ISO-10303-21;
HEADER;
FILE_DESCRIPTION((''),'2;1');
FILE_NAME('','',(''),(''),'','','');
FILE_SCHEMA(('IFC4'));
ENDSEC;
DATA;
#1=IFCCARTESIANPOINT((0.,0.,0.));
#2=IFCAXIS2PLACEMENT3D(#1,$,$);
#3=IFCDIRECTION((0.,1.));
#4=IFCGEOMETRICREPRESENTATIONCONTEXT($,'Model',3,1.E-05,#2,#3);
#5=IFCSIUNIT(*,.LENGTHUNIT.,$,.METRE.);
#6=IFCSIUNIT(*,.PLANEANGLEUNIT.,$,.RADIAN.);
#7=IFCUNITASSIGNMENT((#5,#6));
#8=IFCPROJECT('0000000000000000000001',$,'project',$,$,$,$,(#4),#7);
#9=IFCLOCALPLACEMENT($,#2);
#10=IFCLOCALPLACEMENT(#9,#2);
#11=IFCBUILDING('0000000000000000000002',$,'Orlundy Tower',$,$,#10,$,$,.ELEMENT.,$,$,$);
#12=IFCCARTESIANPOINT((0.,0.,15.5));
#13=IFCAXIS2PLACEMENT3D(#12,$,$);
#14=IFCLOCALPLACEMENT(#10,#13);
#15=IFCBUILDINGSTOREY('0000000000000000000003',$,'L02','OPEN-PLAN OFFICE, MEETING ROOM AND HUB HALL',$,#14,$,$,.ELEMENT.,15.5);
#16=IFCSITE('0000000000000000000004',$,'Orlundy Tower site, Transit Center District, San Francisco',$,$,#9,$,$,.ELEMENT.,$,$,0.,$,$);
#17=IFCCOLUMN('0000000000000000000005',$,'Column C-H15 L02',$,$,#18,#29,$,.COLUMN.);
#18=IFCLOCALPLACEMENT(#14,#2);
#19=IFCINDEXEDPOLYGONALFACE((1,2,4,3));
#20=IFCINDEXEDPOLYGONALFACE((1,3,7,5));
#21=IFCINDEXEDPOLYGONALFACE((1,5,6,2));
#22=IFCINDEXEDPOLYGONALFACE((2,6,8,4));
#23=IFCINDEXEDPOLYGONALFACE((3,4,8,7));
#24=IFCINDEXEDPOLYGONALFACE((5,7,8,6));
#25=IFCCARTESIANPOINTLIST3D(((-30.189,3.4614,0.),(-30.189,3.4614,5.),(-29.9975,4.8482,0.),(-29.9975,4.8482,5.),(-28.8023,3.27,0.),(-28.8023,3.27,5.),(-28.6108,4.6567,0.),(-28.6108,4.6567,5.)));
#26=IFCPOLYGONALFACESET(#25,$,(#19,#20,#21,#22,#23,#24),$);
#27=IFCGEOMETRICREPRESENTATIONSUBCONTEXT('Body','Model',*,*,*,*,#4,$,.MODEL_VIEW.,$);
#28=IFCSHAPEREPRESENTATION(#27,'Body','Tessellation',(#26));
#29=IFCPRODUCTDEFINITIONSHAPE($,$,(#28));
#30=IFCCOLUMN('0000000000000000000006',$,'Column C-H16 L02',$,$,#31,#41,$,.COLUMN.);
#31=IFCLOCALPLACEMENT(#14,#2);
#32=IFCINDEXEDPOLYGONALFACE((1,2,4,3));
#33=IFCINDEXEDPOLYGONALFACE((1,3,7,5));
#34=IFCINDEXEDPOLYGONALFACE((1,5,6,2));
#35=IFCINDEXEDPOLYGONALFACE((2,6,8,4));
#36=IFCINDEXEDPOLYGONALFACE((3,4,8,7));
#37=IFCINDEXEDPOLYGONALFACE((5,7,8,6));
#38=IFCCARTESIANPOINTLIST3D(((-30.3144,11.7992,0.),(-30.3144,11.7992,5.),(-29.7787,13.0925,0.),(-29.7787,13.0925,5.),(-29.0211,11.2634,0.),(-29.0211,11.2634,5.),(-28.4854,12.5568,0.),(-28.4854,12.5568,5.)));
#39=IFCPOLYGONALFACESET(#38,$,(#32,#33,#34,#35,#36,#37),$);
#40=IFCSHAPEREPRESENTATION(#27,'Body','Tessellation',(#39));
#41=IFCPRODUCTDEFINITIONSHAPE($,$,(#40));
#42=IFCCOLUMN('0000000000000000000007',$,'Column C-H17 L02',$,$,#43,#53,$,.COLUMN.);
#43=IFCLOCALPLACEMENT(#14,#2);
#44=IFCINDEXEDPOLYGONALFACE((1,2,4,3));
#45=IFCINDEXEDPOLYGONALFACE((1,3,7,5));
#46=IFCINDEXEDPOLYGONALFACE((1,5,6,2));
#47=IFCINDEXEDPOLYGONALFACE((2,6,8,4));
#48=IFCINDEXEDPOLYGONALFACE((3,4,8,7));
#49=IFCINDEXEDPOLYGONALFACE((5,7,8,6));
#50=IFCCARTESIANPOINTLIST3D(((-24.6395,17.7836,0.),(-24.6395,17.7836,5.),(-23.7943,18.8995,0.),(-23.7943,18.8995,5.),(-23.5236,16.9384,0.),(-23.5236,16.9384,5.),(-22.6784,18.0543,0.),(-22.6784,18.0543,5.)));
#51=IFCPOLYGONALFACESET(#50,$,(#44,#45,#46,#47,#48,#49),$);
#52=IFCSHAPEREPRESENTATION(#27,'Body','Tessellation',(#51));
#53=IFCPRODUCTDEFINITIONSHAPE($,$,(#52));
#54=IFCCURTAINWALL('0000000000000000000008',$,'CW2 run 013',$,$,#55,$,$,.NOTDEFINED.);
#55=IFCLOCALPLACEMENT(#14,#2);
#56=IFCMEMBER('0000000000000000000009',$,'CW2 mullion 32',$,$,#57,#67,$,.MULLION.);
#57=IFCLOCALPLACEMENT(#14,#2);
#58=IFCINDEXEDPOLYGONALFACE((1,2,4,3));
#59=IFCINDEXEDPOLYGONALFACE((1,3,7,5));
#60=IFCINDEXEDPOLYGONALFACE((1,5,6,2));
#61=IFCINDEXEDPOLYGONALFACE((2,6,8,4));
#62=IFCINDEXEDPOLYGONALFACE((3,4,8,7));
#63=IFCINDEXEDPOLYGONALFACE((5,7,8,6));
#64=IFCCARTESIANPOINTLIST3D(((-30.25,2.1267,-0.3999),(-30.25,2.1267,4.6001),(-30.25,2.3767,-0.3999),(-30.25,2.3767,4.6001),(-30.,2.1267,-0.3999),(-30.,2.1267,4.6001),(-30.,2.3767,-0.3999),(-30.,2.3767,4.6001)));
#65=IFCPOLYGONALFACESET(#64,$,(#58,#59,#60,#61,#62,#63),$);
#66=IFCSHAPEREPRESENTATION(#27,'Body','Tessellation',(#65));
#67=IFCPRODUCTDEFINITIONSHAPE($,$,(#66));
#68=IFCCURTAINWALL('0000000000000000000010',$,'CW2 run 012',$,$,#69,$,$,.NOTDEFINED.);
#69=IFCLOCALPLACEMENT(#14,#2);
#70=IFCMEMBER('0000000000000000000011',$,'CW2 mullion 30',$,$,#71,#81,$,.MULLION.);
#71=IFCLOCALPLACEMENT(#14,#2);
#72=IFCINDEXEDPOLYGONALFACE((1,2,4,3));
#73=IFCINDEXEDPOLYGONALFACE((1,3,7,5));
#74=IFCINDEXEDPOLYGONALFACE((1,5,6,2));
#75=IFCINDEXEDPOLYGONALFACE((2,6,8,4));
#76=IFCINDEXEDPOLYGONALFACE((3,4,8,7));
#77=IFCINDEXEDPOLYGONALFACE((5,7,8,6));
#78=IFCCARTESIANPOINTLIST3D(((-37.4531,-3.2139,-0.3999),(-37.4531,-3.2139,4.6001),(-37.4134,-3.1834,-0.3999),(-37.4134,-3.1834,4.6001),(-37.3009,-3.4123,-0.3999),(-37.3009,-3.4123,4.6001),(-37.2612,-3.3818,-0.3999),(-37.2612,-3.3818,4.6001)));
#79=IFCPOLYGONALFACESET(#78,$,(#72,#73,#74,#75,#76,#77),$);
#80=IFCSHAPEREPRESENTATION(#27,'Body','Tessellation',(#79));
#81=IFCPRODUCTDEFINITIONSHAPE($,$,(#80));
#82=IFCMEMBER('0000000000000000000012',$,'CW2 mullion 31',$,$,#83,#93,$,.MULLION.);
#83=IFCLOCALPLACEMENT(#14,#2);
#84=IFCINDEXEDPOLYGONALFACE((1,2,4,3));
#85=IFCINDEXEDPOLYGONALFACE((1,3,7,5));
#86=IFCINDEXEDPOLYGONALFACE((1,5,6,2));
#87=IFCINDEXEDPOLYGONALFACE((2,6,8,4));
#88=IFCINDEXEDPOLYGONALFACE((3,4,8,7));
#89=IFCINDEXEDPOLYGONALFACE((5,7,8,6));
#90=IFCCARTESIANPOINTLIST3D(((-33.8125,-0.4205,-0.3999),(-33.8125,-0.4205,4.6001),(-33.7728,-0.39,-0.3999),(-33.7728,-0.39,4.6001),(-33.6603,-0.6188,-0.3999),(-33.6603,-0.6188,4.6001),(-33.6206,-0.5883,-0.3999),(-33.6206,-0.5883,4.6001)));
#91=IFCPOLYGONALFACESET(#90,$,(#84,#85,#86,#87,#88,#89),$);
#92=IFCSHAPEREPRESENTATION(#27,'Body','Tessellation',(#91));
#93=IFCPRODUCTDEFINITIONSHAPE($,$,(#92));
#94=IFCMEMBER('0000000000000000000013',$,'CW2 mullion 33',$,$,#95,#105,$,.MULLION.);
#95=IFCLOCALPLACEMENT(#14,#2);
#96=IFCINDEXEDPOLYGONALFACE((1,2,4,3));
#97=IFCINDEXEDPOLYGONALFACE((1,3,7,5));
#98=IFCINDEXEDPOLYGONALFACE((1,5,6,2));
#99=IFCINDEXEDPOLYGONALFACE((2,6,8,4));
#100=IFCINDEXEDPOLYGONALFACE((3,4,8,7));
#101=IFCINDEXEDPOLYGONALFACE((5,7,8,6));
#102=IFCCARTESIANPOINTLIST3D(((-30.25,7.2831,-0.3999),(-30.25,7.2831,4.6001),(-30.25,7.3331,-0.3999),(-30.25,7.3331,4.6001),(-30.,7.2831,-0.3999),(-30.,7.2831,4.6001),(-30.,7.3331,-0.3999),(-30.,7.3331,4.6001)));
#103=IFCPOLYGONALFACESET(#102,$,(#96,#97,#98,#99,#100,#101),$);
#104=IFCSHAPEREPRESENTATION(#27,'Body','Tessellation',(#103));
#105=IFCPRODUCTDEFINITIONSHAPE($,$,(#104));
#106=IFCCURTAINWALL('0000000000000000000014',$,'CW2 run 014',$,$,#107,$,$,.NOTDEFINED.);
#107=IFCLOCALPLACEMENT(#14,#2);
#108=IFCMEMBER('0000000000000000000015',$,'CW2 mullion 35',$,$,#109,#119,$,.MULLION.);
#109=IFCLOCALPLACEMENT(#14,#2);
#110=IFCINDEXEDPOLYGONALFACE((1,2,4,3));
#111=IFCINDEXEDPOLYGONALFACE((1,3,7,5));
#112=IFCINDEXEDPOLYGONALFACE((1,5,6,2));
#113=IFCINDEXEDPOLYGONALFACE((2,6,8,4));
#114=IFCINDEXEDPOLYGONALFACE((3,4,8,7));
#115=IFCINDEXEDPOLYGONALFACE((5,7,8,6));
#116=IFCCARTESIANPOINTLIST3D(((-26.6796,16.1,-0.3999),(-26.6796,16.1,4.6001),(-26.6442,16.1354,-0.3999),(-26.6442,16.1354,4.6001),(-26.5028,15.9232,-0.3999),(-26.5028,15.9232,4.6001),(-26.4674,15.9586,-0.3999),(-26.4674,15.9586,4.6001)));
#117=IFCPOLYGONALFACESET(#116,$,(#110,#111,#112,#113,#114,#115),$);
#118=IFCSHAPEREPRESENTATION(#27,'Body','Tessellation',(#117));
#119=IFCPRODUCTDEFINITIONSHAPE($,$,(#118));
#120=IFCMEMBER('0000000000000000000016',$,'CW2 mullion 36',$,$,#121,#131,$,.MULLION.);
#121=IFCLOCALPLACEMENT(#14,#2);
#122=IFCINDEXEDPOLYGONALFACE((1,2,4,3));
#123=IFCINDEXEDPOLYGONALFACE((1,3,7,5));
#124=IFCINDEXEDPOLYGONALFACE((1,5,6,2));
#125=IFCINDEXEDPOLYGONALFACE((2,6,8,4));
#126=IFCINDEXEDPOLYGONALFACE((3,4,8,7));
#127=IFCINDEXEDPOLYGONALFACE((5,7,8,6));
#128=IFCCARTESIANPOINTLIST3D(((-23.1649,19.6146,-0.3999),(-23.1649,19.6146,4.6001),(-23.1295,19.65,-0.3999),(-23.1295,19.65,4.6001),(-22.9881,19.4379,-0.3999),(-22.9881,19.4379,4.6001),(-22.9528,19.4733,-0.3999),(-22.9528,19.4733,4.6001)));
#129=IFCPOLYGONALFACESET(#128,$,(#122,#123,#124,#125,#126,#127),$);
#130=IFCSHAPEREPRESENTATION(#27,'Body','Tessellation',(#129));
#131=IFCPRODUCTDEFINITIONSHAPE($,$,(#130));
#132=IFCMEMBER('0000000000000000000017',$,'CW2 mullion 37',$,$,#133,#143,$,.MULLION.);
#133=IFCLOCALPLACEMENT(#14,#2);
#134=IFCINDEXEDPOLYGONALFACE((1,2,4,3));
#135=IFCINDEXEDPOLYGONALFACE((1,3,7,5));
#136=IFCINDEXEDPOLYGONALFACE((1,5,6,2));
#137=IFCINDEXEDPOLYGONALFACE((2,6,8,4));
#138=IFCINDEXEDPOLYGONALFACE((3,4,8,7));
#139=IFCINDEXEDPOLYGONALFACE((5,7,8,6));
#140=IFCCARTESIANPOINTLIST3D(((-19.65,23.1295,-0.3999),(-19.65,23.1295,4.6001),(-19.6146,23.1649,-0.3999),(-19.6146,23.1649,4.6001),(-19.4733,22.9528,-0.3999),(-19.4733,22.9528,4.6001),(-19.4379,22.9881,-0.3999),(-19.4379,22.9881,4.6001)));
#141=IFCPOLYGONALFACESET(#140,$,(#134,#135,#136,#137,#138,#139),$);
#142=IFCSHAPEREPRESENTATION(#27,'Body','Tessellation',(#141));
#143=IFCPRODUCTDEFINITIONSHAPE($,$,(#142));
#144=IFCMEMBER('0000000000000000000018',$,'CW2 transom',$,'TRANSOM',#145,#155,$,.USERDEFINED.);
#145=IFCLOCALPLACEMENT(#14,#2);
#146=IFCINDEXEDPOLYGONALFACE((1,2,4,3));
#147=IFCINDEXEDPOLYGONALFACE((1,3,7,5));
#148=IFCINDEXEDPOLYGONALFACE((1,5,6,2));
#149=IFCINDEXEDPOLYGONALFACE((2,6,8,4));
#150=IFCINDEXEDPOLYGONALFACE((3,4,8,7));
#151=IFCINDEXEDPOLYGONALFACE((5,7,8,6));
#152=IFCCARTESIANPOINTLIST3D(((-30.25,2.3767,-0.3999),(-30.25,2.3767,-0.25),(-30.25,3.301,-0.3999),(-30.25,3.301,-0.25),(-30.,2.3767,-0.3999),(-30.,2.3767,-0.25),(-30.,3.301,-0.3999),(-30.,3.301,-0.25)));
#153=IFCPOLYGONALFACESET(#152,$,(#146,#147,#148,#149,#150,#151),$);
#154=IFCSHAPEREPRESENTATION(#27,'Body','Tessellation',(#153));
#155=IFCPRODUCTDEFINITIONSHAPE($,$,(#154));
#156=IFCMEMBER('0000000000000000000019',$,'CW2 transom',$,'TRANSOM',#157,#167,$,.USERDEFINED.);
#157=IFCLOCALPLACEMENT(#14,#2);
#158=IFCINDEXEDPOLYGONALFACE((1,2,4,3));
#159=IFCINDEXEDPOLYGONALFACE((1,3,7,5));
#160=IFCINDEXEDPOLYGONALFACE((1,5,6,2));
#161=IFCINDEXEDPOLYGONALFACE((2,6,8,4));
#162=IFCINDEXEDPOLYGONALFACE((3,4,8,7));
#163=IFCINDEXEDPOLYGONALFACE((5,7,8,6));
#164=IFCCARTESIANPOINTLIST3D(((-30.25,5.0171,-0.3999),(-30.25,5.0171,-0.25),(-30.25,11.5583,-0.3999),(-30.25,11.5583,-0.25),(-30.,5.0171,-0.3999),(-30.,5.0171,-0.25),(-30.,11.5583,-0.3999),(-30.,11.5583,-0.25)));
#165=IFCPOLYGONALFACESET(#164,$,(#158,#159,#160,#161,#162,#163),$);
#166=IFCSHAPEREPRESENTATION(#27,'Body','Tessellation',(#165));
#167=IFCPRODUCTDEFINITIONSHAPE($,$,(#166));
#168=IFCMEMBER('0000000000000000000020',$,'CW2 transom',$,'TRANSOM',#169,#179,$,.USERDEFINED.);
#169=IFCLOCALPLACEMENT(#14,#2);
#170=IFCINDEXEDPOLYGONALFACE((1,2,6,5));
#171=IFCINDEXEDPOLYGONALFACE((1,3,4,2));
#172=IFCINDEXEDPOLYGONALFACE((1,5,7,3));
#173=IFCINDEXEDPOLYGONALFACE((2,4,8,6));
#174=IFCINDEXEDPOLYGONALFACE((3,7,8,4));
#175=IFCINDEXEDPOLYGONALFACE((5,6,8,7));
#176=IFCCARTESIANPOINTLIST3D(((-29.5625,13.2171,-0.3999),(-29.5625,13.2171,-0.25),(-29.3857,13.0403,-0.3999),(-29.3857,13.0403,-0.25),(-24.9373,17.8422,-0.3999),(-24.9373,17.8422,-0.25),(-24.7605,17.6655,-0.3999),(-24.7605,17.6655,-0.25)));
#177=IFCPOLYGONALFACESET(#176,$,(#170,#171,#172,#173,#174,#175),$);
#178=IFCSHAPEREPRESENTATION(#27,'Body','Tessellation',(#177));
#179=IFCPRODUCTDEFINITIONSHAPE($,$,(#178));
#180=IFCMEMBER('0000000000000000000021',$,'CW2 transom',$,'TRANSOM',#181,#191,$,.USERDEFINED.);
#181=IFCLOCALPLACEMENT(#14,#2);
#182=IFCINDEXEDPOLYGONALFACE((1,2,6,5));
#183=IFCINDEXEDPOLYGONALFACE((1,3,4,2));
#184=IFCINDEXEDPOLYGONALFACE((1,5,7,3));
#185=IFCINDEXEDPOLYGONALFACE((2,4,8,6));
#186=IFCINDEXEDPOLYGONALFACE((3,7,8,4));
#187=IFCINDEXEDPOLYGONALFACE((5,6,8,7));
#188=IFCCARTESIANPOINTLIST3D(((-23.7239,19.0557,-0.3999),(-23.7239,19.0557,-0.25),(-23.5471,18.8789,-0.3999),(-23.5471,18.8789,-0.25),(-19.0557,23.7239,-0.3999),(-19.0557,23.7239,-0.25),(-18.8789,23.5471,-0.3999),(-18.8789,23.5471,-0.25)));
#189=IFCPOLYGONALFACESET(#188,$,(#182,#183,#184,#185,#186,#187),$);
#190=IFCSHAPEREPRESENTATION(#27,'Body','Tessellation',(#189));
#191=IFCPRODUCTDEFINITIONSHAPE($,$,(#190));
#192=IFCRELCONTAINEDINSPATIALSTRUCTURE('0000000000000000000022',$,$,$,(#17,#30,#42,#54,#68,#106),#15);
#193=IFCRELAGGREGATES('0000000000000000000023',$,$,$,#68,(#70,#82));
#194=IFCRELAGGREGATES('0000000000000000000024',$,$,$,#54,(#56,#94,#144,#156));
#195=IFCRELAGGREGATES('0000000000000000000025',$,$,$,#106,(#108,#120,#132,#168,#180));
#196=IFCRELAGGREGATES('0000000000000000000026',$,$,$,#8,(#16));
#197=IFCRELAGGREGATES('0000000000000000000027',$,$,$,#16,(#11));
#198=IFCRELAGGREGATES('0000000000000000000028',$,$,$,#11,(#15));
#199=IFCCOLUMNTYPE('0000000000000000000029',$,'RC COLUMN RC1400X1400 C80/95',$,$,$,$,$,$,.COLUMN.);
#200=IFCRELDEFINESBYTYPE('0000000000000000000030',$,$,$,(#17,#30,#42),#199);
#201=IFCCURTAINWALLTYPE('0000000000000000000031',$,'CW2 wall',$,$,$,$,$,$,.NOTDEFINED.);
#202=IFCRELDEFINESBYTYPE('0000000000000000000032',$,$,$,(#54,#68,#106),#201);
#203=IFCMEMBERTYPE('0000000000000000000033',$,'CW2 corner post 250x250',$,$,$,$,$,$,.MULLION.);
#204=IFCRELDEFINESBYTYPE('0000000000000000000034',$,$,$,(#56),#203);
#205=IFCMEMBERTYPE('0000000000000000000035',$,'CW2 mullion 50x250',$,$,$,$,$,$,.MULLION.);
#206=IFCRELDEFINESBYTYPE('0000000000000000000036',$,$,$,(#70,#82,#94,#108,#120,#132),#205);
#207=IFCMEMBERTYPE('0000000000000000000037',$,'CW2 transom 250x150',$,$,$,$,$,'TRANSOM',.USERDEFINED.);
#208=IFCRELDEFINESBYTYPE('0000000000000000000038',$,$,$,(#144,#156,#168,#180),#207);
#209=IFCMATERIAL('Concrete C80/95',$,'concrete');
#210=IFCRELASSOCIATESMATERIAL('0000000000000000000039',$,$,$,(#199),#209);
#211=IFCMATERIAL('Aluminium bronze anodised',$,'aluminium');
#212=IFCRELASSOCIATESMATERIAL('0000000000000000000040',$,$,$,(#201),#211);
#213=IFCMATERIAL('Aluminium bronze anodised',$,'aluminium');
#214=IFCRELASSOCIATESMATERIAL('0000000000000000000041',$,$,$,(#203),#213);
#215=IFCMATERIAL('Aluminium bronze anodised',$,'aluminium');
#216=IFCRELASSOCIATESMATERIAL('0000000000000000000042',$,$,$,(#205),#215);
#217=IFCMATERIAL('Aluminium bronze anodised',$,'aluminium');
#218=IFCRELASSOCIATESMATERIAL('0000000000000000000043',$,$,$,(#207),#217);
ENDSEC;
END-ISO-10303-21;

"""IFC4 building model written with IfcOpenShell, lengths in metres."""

from ifc_helpers import new_model, si_unit, direction, frame, origin, origin_2d, place, context, subcontext, project, spatial, rectangle, extrude, material, material_profile, profile_set, type_object, element, aggregate, save


model = new_model("IFC4")

# Units and contexts
model_context = context("Model", 3, precision=1e-05, world=origin(), true_north=direction((0.0, 1.0)))
body_context = subcontext(model_context, "Body", "Model", "MODEL_VIEW")
ifc_project = project(units=[si_unit("LENGTHUNIT", "METRE"), si_unit("PLANEANGLEUNIT", "RADIAN")], contexts=[model_context])

# Site, building, storey
site_placement = place(None, origin())
site = spatial("IfcSite", under=ifc_project, at=site_placement, Name="Orlundy Tower site, Transit Center District, San Francisco", CompositionType="ELEMENT", RefElevation=0.0)
building_placement = place(site_placement, origin())
building = spatial("IfcBuilding", under=site, at=building_placement, Name="Orlundy Tower", CompositionType="ELEMENT")
storey_placement = place(building_placement, frame((0.0, 0.0, 15.5)))
storey = spatial("IfcBuildingStorey", under=building, at=storey_placement, Name="L02", Description="OPEN-PLAN OFFICE, MEETING ROOM AND HUB HALL", CompositionType="ELEMENT", Elevation=15.5)

# Columns
ifc_material_1 = material(Name="Concrete C80/95", Category="concrete")
ifc_material_profile_1 = material_profile(ifc_material_1, rectangle(XDim=1.3999, YDim=1.3999, at=origin_2d()), Name="RC1400X1400")
ifc_profile_set_1 = profile_set([ifc_material_profile_1], Name="Concrete C80/95")
column_type = type_object("IfcColumnType", Name="RC COLUMN RC1400X1400 C80/95", PredefinedType="COLUMN", material=ifc_profile_set_1)
for number, where, z_axis, x_axis, name in (
    (1, (-29.3999, 4.0591, 0.0), (0.0, 0.0, 1.0), (-0.990603, 0.13677, 0.0), "Column C-H15 L02"),
    (2, (-29.3999, 12.178, 0.0), (0.0, 0.0, 1.0), (-0.92388, 0.382683, 0.0), "Column C-H16 L02"),
    (3, (-23.6589, 17.9189, 0.0), (0.0, 0.0, 1.0), (-0.797163, 0.603765, 0.0), "Column C-H17 L02"),
):
    element("IfcColumn", number, at=place(storey_placement, frame(where, z_axis=z_axis, x_axis=x_axis)), inside=storey, type_object=column_type, Name=name, PredefinedType="COLUMN", context=body_context, shape_type="SweptSolid", body=[
        extrude(rectangle(XDim=1.3999, YDim=1.3999, at=origin_2d()), origin(), (0.0, 0.0, 1.0), 5.0),
    ])

# Curtain wall, member
ifc_material_2 = material(Name="Aluminium bronze anodised", Category="aluminium")
curtain_wall_type = type_object("IfcCurtainWallType", Name="CW2 wall", PredefinedType="NOTDEFINED", material=ifc_material_2)
curtain_wall_1_placement = place(storey_placement, origin())
curtain_wall_1 = element("IfcCurtainWall", 4, at=curtain_wall_1_placement, inside=storey, type_object=curtain_wall_type, Name="CW2 run 013", PredefinedType="NOTDEFINED")
ifc_material_3 = material(Name="Aluminium bronze anodised", Category="aluminium")
ifc_material_profile_2 = material_profile(ifc_material_3, rectangle(XDim=0.25, YDim=0.25, at=origin_2d()), Name="CW2 corner post 250x250")
ifc_profile_set_2 = profile_set([ifc_material_profile_2], Name="Aluminium bronze anodised")
member_type_1 = type_object("IfcMemberType", Name="CW2 corner post 250x250", PredefinedType="MULLION", material=ifc_profile_set_2)
member_1_placement = place(storey_placement, frame((-30.125, 2.2517, -0.3999), z_axis=(0.0, 0.0, 1.0), x_axis=(-1.0, 0.0, 0.0)))
member_1 = element("IfcMember", 5, at=member_1_placement, type_object=member_type_1, Name="CW2 mullion 32", PredefinedType="MULLION", context=body_context, shape_type="SweptSolid", body=[
    extrude(rectangle(XDim=0.25, YDim=0.25, at=origin_2d()), origin(), (0.0, 0.0, 1.0), 5.0),
])

# Curtain wall, members
curtain_wall_2_placement = place(storey_placement, origin())
curtain_wall_2 = element("IfcCurtainWall", 6, at=curtain_wall_2_placement, inside=storey, type_object=curtain_wall_type, Name="CW2 run 012", PredefinedType="NOTDEFINED")
ifc_material_4 = material(Name="Aluminium bronze anodised", Category="aluminium")
ifc_material_profile_3 = material_profile(ifc_material_4, rectangle(XDim=0.25, YDim=0.05, at=origin_2d()), Name="CW2 mullion 50x250")
ifc_profile_set_3 = profile_set([ifc_material_profile_3], Name="Aluminium bronze anodised")
member_type_2 = type_object("IfcMemberType", Name="CW2 mullion 50x250", PredefinedType="MULLION", material=ifc_profile_set_3)
member_2_placement = place(storey_placement, frame((-37.3572, -3.2979, -0.3999), z_axis=(0.0, 0.0, 1.0), x_axis=(-0.608768, 0.793348, 0.0)))
member_2 = element("IfcMember", 7, at=member_2_placement, type_object=member_type_2, Name="CW2 mullion 30", PredefinedType="MULLION", context=body_context, shape_type="SweptSolid", body=[
    extrude(rectangle(XDim=0.25, YDim=0.05, at=origin_2d()), origin(), (0.0, 0.0, 1.0), 5.0),
])
member_3_placement = place(storey_placement, frame((-33.7166, -0.5044, -0.3999), z_axis=(0.0, 0.0, 1.0), x_axis=(-0.608768, 0.793348, 0.0)))
member_3 = element("IfcMember", 8, at=member_3_placement, type_object=member_type_2, Name="CW2 mullion 31", PredefinedType="MULLION", context=body_context, shape_type="SweptSolid", body=[
    extrude(rectangle(XDim=0.25, YDim=0.05, at=origin_2d()), origin(), (0.0, 0.0, 1.0), 5.0),
])

# Member
member_4_placement = place(storey_placement, frame((-30.125, 7.3081, -0.3999), z_axis=(0.0, 0.0, 1.0), x_axis=(-1.0, 0.0, 0.0)))
member_4 = element("IfcMember", 9, at=member_4_placement, type_object=member_type_2, Name="CW2 mullion 33", PredefinedType="MULLION", context=body_context, shape_type="SweptSolid", body=[
    extrude(rectangle(XDim=0.25, YDim=0.05, at=origin_2d()), origin(), (0.0, 0.0, 1.0), 5.0),
])

# Curtain wall, members
curtain_wall_3_placement = place(storey_placement, origin())
curtain_wall_3 = element("IfcCurtainWall", 10, at=curtain_wall_3_placement, inside=storey, type_object=curtain_wall_type, Name="CW2 run 014", PredefinedType="NOTDEFINED")
member_5_placement = place(storey_placement, frame((-26.5735, 16.0293, -0.3999), z_axis=(0.0, 0.0, 1.0), x_axis=(-0.707107, 0.707107, 0.0)))
member_5 = element("IfcMember", 11, at=member_5_placement, type_object=member_type_2, Name="CW2 mullion 35", PredefinedType="MULLION", context=body_context, shape_type="SweptSolid", body=[
    extrude(rectangle(XDim=0.25, YDim=0.05, at=origin_2d()), origin(), (0.0, 0.0, 1.0), 5.0),
])
member_6_placement = place(storey_placement, frame((-23.0588, 19.5439, -0.3999), z_axis=(0.0, 0.0, 1.0), x_axis=(-0.707107, 0.707107, 0.0)))
member_6 = element("IfcMember", 12, at=member_6_placement, type_object=member_type_2, Name="CW2 mullion 36", PredefinedType="MULLION", context=body_context, shape_type="SweptSolid", body=[
    extrude(rectangle(XDim=0.25, YDim=0.05, at=origin_2d()), origin(), (0.0, 0.0, 1.0), 5.0),
])
member_7_placement = place(storey_placement, frame((-19.5439, 23.0588, -0.3999), z_axis=(0.0, 0.0, 1.0), x_axis=(-0.707107, 0.707107, 0.0)))
member_7 = element("IfcMember", 13, at=member_7_placement, type_object=member_type_2, Name="CW2 mullion 37", PredefinedType="MULLION", context=body_context, shape_type="SweptSolid", body=[
    extrude(rectangle(XDim=0.25, YDim=0.05, at=origin_2d()), origin(), (0.0, 0.0, 1.0), 5.0),
])

# Members
ifc_material_5 = material(Name="Aluminium bronze anodised", Category="aluminium")
ifc_material_profile_4 = material_profile(ifc_material_5, rectangle(XDim=0.25, YDim=0.1499, at=origin_2d()), Name="CW2 transom 250x150")
ifc_profile_set_4 = profile_set([ifc_material_profile_4], Name="Aluminium bronze anodised")
member_type_3 = type_object("IfcMemberType", Name="CW2 transom 250x150", ElementType="TRANSOM", PredefinedType="USERDEFINED", material=ifc_profile_set_4)
member_8_placement = place(storey_placement, frame((-30.125, 2.3767, -0.325), z_axis=(0.0, 1.0, 0.0), x_axis=(-1.0, 0.0, 0.0)))
member_8 = element("IfcMember", 14, at=member_8_placement, type_object=member_type_3, Name="CW2 transom", ObjectType="TRANSOM", PredefinedType="USERDEFINED", context=body_context, shape_type="SweptSolid", body=[
    extrude(rectangle(XDim=0.25, YDim=0.1499, at=origin_2d()), origin(), (0.0, 0.0, 1.0), 0.9243),
])
member_9_placement = place(storey_placement, frame((-30.125, 5.0171, -0.325), z_axis=(0.0, 1.0, 0.0), x_axis=(-1.0, 0.0, 0.0)))
member_9 = element("IfcMember", 15, at=member_9_placement, type_object=member_type_3, Name="CW2 transom", ObjectType="TRANSOM", PredefinedType="USERDEFINED", context=body_context, shape_type="SweptSolid", body=[
    extrude(rectangle(XDim=0.25, YDim=0.1499, at=origin_2d()), origin(), (0.0, 0.0, 1.0), 6.5413),
])
member_10_placement = place(storey_placement, frame((-29.4741, 13.1287, -0.325), z_axis=(0.707107, 0.707107, 0.0), x_axis=(-0.707107, 0.707107, 0.0)))
member_10 = element("IfcMember", 16, at=member_10_placement, type_object=member_type_3, Name="CW2 transom", ObjectType="TRANSOM", PredefinedType="USERDEFINED", context=body_context, shape_type="SweptSolid", body=[
    extrude(rectangle(XDim=0.25, YDim=0.1499, at=origin_2d()), origin(), (0.0, 0.0, 1.0), 6.541),
])
member_11_placement = place(storey_placement, frame((-23.6355, 18.9673, -0.325), z_axis=(0.707107, 0.707107, 0.0), x_axis=(-0.707107, 0.707107, 0.0)))
member_11 = element("IfcMember", 17, at=member_11_placement, type_object=member_type_3, Name="CW2 transom", ObjectType="TRANSOM", PredefinedType="USERDEFINED", context=body_context, shape_type="SweptSolid", body=[
    extrude(rectangle(XDim=0.25, YDim=0.1499, at=origin_2d()), origin(), (0.0, 0.0, 1.0), 6.6018),
])

aggregate(curtain_wall_2, [member_2, member_3])
aggregate(curtain_wall_1, [member_1, member_4, member_8, member_9])
aggregate(curtain_wall_3, [member_5, member_6, member_7, member_10, member_11])

save(model, "model.ifc")
